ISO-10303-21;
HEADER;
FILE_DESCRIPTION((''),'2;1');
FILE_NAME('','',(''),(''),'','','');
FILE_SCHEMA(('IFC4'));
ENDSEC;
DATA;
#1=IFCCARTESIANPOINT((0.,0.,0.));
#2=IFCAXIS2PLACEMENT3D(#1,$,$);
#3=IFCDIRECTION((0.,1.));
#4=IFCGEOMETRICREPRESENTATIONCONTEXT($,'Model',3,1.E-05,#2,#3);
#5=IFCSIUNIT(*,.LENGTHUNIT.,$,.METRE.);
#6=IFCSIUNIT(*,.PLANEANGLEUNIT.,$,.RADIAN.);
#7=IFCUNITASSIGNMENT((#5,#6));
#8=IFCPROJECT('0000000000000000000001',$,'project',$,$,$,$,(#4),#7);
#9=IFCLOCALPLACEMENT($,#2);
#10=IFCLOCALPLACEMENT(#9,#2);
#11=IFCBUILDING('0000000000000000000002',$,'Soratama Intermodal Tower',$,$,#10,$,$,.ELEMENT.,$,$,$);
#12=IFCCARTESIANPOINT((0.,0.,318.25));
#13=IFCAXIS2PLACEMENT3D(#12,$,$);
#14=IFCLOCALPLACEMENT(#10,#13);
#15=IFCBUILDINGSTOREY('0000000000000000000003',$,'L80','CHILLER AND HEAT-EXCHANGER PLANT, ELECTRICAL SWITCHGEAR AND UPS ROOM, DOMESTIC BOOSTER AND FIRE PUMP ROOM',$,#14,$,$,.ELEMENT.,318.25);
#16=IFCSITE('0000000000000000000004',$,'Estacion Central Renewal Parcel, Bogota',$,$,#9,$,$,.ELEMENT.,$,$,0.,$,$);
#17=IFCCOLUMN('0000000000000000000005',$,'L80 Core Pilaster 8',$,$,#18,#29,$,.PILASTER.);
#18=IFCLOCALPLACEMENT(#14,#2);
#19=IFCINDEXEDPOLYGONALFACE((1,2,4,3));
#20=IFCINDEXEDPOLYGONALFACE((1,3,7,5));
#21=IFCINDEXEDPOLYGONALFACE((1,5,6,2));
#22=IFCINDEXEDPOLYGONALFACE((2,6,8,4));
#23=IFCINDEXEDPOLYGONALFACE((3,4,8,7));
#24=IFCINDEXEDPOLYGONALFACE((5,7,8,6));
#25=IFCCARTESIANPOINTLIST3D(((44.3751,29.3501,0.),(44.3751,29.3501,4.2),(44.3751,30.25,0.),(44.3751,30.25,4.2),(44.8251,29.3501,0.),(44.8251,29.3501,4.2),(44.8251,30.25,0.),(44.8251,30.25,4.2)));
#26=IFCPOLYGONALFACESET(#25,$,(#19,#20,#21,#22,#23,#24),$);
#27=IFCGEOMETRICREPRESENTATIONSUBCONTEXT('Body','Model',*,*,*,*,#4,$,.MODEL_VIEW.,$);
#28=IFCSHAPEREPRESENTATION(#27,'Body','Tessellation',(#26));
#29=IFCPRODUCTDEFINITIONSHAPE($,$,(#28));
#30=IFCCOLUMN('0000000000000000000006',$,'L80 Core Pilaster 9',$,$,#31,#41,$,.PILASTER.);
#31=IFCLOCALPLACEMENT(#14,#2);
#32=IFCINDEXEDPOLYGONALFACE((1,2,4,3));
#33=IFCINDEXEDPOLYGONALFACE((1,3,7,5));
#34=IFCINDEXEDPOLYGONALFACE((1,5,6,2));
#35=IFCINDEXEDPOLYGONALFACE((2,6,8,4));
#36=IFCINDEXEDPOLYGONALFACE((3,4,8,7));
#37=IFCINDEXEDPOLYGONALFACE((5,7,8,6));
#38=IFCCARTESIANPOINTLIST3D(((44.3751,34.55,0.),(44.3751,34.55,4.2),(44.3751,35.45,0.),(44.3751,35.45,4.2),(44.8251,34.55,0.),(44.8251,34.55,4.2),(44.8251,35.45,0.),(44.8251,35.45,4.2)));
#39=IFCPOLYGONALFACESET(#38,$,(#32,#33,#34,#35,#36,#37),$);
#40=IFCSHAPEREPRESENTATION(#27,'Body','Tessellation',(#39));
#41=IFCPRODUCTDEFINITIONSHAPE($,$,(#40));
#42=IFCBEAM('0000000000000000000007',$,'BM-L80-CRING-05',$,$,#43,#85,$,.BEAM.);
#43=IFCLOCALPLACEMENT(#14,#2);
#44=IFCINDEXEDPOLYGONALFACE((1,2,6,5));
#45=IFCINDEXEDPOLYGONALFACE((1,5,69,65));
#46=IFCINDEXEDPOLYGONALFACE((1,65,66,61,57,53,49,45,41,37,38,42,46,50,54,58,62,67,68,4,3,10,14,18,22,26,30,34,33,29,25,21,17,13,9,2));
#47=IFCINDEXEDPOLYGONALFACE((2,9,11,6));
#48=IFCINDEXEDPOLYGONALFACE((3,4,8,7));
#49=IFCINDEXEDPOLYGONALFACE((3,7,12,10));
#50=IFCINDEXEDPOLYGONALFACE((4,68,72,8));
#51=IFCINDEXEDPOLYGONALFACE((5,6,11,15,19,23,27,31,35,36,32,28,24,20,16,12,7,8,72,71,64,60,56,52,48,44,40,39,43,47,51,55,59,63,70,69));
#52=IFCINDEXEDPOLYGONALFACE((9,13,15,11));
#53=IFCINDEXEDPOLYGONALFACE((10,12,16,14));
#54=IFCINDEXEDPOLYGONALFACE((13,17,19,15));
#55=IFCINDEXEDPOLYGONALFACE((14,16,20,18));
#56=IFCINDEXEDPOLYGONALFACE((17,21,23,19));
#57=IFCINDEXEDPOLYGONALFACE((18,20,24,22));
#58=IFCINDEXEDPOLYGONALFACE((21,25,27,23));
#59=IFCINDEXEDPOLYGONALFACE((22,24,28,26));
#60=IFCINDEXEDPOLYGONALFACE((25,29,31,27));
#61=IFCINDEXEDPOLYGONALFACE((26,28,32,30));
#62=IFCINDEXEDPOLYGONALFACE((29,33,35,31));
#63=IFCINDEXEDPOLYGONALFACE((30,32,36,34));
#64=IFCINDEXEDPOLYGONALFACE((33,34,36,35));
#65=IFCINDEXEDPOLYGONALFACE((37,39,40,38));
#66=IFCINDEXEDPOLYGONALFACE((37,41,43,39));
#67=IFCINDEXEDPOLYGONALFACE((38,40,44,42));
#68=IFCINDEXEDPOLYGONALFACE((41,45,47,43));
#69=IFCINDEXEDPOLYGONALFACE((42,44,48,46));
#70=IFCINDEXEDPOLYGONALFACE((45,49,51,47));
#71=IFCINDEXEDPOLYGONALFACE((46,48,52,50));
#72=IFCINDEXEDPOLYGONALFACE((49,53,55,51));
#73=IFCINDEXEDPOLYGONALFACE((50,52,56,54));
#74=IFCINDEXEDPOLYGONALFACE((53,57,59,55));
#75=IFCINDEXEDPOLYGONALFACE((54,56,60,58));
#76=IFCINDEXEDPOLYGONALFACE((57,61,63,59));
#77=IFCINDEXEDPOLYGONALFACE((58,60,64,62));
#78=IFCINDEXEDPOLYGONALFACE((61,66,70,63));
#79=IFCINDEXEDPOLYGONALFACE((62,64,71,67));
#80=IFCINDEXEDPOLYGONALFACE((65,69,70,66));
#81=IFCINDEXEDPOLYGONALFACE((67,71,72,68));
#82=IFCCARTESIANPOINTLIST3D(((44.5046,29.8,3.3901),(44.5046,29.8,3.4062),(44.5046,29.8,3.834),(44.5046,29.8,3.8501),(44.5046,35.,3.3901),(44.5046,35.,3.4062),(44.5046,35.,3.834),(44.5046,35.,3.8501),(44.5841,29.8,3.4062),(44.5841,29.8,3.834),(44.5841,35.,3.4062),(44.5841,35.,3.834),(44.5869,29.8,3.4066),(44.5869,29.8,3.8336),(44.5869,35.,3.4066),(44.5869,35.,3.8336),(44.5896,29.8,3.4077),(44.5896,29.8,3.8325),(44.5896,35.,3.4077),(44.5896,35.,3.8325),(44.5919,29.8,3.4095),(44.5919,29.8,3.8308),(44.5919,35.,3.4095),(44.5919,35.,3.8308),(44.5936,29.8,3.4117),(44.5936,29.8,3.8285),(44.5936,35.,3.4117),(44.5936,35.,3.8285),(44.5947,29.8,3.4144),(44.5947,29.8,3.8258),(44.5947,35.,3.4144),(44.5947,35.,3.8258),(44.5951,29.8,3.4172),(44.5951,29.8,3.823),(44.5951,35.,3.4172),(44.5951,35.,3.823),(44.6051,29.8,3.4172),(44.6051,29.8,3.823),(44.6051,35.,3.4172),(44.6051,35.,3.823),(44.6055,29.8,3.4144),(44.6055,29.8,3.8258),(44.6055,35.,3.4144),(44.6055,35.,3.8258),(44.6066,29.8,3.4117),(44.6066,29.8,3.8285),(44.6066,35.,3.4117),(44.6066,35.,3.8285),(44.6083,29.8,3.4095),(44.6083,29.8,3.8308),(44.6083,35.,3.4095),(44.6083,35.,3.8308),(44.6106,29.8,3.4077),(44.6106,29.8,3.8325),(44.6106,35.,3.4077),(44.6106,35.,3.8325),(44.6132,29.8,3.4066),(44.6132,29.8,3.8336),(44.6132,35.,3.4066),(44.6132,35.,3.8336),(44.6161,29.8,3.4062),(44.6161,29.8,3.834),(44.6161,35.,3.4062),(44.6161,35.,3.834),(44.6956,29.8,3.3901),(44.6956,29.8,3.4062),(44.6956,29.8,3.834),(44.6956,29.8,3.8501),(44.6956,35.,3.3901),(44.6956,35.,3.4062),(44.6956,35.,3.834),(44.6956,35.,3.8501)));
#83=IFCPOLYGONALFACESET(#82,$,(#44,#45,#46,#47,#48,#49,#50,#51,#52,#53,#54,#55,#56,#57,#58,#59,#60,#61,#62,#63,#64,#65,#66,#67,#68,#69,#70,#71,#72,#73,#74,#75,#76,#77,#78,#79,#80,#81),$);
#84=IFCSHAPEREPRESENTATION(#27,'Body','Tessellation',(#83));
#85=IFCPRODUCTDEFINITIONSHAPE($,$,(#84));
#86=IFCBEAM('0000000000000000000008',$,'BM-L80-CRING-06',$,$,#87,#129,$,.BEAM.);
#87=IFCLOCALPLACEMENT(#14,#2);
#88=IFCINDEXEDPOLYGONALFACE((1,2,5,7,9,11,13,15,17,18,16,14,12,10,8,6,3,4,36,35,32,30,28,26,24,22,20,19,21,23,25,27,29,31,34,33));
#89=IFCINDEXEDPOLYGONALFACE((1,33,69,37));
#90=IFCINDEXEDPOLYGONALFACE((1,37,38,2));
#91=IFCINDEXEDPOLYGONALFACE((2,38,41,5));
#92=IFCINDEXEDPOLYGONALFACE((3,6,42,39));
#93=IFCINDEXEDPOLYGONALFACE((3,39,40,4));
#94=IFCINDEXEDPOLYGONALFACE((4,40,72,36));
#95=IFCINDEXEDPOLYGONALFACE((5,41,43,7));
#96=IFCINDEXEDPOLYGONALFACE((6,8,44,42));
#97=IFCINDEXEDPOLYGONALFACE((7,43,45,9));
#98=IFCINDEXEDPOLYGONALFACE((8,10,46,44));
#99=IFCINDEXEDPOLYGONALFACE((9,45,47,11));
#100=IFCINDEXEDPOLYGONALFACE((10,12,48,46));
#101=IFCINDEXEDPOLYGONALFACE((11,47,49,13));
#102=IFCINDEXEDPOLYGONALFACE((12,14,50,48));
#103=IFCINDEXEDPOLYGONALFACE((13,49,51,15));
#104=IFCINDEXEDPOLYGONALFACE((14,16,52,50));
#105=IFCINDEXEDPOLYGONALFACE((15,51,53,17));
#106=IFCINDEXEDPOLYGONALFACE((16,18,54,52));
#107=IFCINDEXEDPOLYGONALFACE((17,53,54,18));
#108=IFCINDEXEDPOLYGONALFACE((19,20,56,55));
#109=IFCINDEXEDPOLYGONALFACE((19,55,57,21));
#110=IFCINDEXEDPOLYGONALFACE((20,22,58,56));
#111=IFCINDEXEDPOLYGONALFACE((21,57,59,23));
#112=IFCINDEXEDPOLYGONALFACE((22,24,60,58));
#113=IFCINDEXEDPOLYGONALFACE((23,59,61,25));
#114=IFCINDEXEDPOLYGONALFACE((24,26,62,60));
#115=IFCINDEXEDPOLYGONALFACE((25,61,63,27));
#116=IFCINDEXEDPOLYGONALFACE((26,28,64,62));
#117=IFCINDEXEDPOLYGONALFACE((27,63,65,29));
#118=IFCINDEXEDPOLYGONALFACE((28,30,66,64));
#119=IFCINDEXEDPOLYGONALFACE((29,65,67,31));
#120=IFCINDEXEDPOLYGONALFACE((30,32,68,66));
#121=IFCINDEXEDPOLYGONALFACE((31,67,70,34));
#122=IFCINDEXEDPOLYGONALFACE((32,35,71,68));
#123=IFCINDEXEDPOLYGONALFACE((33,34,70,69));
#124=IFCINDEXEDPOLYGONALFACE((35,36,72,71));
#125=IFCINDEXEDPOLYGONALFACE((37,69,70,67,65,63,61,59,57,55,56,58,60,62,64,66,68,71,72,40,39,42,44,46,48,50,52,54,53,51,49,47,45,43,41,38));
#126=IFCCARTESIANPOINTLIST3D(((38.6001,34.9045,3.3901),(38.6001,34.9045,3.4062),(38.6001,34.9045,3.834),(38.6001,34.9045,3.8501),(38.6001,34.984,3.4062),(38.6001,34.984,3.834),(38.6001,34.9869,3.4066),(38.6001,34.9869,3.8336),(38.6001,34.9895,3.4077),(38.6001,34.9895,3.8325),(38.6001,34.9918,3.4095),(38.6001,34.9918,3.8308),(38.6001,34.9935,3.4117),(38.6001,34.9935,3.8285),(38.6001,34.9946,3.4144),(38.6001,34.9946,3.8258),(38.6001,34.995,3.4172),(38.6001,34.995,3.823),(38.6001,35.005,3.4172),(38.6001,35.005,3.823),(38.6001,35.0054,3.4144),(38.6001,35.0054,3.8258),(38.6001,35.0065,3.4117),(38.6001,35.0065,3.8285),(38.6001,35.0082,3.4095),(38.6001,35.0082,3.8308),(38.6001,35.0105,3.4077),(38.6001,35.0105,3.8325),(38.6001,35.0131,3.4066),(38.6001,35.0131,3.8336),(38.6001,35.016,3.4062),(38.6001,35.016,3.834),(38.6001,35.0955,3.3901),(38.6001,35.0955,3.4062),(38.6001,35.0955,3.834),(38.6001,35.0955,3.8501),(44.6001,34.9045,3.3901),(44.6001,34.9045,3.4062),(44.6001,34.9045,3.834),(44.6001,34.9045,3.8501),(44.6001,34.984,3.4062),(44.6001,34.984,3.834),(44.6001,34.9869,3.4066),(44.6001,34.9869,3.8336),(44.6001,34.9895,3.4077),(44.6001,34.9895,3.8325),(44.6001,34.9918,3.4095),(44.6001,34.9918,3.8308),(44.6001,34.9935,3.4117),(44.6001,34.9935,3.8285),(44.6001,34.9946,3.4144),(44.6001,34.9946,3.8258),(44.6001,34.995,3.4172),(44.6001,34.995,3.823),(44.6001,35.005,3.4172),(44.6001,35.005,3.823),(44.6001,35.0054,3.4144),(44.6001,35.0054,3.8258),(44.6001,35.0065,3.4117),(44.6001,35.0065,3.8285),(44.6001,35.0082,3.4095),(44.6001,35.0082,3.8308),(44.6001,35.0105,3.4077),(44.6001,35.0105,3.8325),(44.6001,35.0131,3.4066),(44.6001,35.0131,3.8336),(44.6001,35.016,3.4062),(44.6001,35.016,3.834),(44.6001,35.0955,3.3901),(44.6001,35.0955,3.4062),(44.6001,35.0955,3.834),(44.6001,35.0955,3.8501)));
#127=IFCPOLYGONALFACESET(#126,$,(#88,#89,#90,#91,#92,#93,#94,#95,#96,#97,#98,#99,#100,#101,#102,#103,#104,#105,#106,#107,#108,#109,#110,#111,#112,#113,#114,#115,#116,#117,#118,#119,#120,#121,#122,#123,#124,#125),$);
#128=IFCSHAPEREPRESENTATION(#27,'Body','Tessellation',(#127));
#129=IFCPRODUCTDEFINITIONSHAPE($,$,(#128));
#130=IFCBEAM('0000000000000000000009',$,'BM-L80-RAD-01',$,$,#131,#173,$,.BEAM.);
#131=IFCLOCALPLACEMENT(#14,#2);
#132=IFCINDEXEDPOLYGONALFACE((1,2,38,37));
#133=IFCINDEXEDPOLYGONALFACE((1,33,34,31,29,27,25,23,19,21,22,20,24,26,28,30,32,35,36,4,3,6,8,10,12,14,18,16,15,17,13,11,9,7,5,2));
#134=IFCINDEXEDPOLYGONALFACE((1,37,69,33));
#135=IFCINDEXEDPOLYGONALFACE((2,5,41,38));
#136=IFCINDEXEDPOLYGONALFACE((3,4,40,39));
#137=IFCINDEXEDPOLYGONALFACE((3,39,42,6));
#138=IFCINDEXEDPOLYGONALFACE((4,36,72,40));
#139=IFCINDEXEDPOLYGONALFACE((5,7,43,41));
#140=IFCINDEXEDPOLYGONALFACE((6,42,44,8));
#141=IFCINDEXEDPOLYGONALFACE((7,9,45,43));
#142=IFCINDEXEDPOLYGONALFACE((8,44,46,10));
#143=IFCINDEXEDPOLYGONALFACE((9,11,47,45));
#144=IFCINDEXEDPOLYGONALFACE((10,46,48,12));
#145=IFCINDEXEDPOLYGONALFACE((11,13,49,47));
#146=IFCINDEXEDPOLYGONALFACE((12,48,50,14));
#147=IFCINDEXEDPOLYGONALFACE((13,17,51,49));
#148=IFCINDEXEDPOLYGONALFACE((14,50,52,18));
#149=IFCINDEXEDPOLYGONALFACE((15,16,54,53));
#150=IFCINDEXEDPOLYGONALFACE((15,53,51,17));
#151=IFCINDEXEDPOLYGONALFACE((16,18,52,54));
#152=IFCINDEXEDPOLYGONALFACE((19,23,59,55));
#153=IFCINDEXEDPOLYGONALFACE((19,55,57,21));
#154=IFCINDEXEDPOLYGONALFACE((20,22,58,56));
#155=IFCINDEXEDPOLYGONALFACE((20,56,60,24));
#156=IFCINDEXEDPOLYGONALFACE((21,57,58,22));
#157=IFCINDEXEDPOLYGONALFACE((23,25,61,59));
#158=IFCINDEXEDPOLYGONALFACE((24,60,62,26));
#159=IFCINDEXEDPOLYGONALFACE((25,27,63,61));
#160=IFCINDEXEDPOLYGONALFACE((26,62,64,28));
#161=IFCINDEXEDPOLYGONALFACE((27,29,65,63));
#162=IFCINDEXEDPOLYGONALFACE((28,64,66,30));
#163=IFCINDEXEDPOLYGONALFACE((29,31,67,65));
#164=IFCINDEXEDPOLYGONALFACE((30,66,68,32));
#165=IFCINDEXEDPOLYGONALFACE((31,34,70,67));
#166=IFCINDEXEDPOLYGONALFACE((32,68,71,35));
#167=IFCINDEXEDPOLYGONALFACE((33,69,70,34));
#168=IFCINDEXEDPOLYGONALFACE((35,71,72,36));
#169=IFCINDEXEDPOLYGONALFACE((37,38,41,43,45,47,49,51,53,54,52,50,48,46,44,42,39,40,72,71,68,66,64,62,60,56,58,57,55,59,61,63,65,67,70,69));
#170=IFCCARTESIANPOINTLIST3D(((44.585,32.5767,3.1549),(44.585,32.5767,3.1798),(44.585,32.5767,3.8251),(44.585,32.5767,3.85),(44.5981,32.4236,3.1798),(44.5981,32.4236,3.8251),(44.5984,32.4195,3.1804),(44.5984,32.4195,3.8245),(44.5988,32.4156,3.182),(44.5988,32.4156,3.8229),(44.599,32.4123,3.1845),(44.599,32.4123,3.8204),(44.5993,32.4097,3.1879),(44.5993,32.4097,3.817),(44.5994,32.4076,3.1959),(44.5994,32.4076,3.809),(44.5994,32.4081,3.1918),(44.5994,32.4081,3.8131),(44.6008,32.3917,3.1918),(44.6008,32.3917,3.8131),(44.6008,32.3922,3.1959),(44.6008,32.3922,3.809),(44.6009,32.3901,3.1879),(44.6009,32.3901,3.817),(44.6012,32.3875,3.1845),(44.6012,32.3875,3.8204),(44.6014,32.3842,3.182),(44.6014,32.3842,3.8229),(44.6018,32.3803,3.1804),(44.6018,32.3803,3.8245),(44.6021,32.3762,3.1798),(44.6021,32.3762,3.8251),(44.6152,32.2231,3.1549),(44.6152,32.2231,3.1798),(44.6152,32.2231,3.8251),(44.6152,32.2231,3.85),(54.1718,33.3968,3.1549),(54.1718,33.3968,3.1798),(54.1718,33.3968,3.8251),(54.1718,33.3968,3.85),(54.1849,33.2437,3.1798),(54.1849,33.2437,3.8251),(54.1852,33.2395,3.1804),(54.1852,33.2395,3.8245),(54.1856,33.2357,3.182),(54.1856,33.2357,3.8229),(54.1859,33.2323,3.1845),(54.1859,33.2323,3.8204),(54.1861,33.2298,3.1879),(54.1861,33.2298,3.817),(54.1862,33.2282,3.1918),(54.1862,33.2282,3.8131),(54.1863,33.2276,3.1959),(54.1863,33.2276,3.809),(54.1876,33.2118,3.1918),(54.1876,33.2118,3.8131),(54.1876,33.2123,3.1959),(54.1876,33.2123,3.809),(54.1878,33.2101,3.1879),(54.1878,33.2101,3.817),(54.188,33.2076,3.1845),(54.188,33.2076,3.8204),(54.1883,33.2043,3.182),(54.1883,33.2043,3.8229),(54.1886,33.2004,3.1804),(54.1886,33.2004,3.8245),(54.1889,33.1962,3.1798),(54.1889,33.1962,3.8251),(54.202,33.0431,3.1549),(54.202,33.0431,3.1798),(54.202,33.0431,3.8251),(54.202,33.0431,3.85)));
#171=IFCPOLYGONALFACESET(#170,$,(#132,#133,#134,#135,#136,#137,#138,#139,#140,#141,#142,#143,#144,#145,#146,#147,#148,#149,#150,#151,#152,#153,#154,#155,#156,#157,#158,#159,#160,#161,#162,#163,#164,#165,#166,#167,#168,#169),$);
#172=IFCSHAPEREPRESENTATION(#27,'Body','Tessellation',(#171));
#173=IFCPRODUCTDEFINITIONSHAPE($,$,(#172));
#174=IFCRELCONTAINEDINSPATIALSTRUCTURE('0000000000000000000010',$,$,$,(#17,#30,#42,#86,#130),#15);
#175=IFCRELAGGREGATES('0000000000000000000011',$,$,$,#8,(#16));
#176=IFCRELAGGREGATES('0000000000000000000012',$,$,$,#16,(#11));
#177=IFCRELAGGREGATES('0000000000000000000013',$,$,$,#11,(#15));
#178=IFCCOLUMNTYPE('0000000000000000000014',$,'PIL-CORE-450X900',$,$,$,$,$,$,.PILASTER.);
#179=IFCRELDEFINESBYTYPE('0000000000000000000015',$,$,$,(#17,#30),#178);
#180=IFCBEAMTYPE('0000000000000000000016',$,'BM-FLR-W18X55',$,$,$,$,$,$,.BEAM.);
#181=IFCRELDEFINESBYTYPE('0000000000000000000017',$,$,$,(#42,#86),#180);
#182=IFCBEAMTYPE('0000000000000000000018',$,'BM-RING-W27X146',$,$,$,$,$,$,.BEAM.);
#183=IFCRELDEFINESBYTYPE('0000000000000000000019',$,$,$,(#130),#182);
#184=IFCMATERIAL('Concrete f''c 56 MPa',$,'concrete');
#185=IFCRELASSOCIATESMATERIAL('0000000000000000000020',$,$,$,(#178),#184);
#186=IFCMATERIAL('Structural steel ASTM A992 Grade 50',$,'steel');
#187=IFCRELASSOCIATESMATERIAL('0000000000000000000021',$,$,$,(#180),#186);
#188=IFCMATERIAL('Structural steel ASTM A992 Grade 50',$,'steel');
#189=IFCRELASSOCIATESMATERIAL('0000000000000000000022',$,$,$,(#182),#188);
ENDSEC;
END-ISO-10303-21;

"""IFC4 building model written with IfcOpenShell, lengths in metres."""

from ifc_helpers import new_model, si_unit, direction, frame, origin, origin_2d, place, context, subcontext, project, spatial, rectangle, i_section, extrude, material, material_profile, profile_set, type_object, element, save


model = new_model("IFC4")

# Units and contexts
model_context = context("Model", 3, precision=1e-05, world=origin(), true_north=direction((0.0, 1.0)))
body_context = subcontext(model_context, "Body", "Model", "MODEL_VIEW")
ifc_project = project(units=[si_unit("LENGTHUNIT", "METRE"), si_unit("PLANEANGLEUNIT", "RADIAN")], contexts=[model_context])

# Site, building, storey
site_placement = place(None, origin())
site = spatial("IfcSite", under=ifc_project, at=site_placement, Name="Estacion Central Renewal Parcel, Bogota", CompositionType="ELEMENT", RefElevation=0.0)
building_placement = place(site_placement, origin())
building = spatial("IfcBuilding", under=site, at=building_placement, Name="Soratama Intermodal Tower", CompositionType="ELEMENT")
storey_placement = place(building_placement, frame((0.0, 0.0, 318.25)))
storey = spatial("IfcBuildingStorey", under=building, at=storey_placement, Name="L80", Description="CHILLER AND HEAT-EXCHANGER PLANT, ELECTRICAL SWITCHGEAR AND UPS ROOM, DOMESTIC BOOSTER AND FIRE PUMP ROOM", CompositionType="ELEMENT", Elevation=318.25)

# Columns
ifc_material_1 = material(Name="Concrete f'c 56 MPa", Category="concrete")
ifc_material_profile_1 = material_profile(ifc_material_1, rectangle(XDim=0.45, YDim=0.8999, at=origin_2d()), Name="RC450X900")
ifc_profile_set_1 = profile_set([ifc_material_profile_1], Name="Concrete f'c 56 MPa")
column_type = type_object("IfcColumnType", Name="PIL-CORE-450X900", PredefinedType="PILASTER", material=ifc_profile_set_1)
for number, where, z_axis, x_axis, name in (
    (1, (44.6001, 29.8, 0.0), (0.0, 0.0, 1.0), (1.0, 0.0, 0.0), "L80 Core Pilaster 8"),
    (2, (44.6001, 35.0, 0.0), (0.0, 0.0, 1.0), (1.0, 0.0, 0.0), "L80 Core Pilaster 9"),
):
    element("IfcColumn", number, at=place(storey_placement, frame(where, z_axis=z_axis, x_axis=x_axis)), inside=storey, type_object=column_type, Name=name, PredefinedType="PILASTER", context=body_context, shape_type="SweptSolid", body=[
        extrude(rectangle(XDim=0.45, YDim=0.8999, at=origin_2d()), origin(), (0.0, 0.0, 1.0), 4.2),
    ])

# Beams
ifc_material_2 = material(Name="Structural steel ASTM A992 Grade 50", Category="steel")
ifc_material_profile_2 = material_profile(ifc_material_2, i_section(OverallWidth=0.1909, OverallDepth=0.46, WebThickness=0.01, FlangeThickness=0.0161, FilletRadius=0.011, at=origin_2d()), Name="W18X55")
ifc_profile_set_2 = profile_set([ifc_material_profile_2], Name="Structural steel ASTM A992 Grade 50")
beam_type_1 = type_object("IfcBeamType", Name="BM-FLR-W18X55", PredefinedType="BEAM", material=ifc_profile_set_2)
beam_1_placement = place(storey_placement, frame((44.6001, 29.8, 3.6201), z_axis=(0.0, 1.0, 0.0), x_axis=(-1.0, 0.0, 0.0)))
element("IfcBeam", 3, at=beam_1_placement, inside=storey, type_object=beam_type_1, Name="BM-L80-CRING-05", PredefinedType="BEAM", context=body_context, shape_type="SweptSolid", body=[
    extrude(i_section(OverallWidth=0.1909, OverallDepth=0.46, WebThickness=0.01, FlangeThickness=0.0161, FilletRadius=0.011, at=origin_2d()), origin(), (0.0, 0.0, 1.0), 5.2),
])
beam_2_placement = place(storey_placement, frame((44.6001, 35.0, 3.6201), z_axis=(-1.0, 0.0, 0.0), x_axis=(0.0, -1.0, 0.0)))
element("IfcBeam", 4, at=beam_2_placement, inside=storey, type_object=beam_type_1, Name="BM-L80-CRING-06", PredefinedType="BEAM", context=body_context, shape_type="SweptSolid", body=[
    extrude(i_section(OverallWidth=0.1909, OverallDepth=0.46, WebThickness=0.01, FlangeThickness=0.0161, FilletRadius=0.011, at=origin_2d()), origin(), (0.0, 0.0, 1.0), 6.0),
])
ifc_material_3 = material(Name="Structural steel ASTM A992 Grade 50", Category="steel")
ifc_material_profile_3 = material_profile(ifc_material_3, i_section(OverallWidth=0.355, OverallDepth=0.6951, WebThickness=0.0154, FlangeThickness=0.0249, FilletRadius=0.0161, at=origin_2d()), Name="W27X146")
ifc_profile_set_3 = profile_set([ifc_material_profile_3], Name="Structural steel ASTM A992 Grade 50")
beam_type_2 = type_object("IfcBeamType", Name="BM-RING-W27X146", PredefinedType="BEAM", material=ifc_profile_set_3)
beam_3_placement = place(storey_placement, frame((44.6001, 32.3999, 3.5024), z_axis=(0.996361, 0.085229, 0.0), x_axis=(-0.085229, 0.996361, 0.0)))
element("IfcBeam", 5, at=beam_3_placement, inside=storey, type_object=beam_type_2, Name="BM-L80-RAD-01", PredefinedType="BEAM", context=body_context, shape_type="SweptSolid", body=[
    extrude(i_section(OverallWidth=0.355, OverallDepth=0.6951, WebThickness=0.0154, FlangeThickness=0.0249, FilletRadius=0.0161, at=origin_2d()), origin(), (0.0, 0.0, 1.0), 9.6218),
])

save(model, "model.ifc")
